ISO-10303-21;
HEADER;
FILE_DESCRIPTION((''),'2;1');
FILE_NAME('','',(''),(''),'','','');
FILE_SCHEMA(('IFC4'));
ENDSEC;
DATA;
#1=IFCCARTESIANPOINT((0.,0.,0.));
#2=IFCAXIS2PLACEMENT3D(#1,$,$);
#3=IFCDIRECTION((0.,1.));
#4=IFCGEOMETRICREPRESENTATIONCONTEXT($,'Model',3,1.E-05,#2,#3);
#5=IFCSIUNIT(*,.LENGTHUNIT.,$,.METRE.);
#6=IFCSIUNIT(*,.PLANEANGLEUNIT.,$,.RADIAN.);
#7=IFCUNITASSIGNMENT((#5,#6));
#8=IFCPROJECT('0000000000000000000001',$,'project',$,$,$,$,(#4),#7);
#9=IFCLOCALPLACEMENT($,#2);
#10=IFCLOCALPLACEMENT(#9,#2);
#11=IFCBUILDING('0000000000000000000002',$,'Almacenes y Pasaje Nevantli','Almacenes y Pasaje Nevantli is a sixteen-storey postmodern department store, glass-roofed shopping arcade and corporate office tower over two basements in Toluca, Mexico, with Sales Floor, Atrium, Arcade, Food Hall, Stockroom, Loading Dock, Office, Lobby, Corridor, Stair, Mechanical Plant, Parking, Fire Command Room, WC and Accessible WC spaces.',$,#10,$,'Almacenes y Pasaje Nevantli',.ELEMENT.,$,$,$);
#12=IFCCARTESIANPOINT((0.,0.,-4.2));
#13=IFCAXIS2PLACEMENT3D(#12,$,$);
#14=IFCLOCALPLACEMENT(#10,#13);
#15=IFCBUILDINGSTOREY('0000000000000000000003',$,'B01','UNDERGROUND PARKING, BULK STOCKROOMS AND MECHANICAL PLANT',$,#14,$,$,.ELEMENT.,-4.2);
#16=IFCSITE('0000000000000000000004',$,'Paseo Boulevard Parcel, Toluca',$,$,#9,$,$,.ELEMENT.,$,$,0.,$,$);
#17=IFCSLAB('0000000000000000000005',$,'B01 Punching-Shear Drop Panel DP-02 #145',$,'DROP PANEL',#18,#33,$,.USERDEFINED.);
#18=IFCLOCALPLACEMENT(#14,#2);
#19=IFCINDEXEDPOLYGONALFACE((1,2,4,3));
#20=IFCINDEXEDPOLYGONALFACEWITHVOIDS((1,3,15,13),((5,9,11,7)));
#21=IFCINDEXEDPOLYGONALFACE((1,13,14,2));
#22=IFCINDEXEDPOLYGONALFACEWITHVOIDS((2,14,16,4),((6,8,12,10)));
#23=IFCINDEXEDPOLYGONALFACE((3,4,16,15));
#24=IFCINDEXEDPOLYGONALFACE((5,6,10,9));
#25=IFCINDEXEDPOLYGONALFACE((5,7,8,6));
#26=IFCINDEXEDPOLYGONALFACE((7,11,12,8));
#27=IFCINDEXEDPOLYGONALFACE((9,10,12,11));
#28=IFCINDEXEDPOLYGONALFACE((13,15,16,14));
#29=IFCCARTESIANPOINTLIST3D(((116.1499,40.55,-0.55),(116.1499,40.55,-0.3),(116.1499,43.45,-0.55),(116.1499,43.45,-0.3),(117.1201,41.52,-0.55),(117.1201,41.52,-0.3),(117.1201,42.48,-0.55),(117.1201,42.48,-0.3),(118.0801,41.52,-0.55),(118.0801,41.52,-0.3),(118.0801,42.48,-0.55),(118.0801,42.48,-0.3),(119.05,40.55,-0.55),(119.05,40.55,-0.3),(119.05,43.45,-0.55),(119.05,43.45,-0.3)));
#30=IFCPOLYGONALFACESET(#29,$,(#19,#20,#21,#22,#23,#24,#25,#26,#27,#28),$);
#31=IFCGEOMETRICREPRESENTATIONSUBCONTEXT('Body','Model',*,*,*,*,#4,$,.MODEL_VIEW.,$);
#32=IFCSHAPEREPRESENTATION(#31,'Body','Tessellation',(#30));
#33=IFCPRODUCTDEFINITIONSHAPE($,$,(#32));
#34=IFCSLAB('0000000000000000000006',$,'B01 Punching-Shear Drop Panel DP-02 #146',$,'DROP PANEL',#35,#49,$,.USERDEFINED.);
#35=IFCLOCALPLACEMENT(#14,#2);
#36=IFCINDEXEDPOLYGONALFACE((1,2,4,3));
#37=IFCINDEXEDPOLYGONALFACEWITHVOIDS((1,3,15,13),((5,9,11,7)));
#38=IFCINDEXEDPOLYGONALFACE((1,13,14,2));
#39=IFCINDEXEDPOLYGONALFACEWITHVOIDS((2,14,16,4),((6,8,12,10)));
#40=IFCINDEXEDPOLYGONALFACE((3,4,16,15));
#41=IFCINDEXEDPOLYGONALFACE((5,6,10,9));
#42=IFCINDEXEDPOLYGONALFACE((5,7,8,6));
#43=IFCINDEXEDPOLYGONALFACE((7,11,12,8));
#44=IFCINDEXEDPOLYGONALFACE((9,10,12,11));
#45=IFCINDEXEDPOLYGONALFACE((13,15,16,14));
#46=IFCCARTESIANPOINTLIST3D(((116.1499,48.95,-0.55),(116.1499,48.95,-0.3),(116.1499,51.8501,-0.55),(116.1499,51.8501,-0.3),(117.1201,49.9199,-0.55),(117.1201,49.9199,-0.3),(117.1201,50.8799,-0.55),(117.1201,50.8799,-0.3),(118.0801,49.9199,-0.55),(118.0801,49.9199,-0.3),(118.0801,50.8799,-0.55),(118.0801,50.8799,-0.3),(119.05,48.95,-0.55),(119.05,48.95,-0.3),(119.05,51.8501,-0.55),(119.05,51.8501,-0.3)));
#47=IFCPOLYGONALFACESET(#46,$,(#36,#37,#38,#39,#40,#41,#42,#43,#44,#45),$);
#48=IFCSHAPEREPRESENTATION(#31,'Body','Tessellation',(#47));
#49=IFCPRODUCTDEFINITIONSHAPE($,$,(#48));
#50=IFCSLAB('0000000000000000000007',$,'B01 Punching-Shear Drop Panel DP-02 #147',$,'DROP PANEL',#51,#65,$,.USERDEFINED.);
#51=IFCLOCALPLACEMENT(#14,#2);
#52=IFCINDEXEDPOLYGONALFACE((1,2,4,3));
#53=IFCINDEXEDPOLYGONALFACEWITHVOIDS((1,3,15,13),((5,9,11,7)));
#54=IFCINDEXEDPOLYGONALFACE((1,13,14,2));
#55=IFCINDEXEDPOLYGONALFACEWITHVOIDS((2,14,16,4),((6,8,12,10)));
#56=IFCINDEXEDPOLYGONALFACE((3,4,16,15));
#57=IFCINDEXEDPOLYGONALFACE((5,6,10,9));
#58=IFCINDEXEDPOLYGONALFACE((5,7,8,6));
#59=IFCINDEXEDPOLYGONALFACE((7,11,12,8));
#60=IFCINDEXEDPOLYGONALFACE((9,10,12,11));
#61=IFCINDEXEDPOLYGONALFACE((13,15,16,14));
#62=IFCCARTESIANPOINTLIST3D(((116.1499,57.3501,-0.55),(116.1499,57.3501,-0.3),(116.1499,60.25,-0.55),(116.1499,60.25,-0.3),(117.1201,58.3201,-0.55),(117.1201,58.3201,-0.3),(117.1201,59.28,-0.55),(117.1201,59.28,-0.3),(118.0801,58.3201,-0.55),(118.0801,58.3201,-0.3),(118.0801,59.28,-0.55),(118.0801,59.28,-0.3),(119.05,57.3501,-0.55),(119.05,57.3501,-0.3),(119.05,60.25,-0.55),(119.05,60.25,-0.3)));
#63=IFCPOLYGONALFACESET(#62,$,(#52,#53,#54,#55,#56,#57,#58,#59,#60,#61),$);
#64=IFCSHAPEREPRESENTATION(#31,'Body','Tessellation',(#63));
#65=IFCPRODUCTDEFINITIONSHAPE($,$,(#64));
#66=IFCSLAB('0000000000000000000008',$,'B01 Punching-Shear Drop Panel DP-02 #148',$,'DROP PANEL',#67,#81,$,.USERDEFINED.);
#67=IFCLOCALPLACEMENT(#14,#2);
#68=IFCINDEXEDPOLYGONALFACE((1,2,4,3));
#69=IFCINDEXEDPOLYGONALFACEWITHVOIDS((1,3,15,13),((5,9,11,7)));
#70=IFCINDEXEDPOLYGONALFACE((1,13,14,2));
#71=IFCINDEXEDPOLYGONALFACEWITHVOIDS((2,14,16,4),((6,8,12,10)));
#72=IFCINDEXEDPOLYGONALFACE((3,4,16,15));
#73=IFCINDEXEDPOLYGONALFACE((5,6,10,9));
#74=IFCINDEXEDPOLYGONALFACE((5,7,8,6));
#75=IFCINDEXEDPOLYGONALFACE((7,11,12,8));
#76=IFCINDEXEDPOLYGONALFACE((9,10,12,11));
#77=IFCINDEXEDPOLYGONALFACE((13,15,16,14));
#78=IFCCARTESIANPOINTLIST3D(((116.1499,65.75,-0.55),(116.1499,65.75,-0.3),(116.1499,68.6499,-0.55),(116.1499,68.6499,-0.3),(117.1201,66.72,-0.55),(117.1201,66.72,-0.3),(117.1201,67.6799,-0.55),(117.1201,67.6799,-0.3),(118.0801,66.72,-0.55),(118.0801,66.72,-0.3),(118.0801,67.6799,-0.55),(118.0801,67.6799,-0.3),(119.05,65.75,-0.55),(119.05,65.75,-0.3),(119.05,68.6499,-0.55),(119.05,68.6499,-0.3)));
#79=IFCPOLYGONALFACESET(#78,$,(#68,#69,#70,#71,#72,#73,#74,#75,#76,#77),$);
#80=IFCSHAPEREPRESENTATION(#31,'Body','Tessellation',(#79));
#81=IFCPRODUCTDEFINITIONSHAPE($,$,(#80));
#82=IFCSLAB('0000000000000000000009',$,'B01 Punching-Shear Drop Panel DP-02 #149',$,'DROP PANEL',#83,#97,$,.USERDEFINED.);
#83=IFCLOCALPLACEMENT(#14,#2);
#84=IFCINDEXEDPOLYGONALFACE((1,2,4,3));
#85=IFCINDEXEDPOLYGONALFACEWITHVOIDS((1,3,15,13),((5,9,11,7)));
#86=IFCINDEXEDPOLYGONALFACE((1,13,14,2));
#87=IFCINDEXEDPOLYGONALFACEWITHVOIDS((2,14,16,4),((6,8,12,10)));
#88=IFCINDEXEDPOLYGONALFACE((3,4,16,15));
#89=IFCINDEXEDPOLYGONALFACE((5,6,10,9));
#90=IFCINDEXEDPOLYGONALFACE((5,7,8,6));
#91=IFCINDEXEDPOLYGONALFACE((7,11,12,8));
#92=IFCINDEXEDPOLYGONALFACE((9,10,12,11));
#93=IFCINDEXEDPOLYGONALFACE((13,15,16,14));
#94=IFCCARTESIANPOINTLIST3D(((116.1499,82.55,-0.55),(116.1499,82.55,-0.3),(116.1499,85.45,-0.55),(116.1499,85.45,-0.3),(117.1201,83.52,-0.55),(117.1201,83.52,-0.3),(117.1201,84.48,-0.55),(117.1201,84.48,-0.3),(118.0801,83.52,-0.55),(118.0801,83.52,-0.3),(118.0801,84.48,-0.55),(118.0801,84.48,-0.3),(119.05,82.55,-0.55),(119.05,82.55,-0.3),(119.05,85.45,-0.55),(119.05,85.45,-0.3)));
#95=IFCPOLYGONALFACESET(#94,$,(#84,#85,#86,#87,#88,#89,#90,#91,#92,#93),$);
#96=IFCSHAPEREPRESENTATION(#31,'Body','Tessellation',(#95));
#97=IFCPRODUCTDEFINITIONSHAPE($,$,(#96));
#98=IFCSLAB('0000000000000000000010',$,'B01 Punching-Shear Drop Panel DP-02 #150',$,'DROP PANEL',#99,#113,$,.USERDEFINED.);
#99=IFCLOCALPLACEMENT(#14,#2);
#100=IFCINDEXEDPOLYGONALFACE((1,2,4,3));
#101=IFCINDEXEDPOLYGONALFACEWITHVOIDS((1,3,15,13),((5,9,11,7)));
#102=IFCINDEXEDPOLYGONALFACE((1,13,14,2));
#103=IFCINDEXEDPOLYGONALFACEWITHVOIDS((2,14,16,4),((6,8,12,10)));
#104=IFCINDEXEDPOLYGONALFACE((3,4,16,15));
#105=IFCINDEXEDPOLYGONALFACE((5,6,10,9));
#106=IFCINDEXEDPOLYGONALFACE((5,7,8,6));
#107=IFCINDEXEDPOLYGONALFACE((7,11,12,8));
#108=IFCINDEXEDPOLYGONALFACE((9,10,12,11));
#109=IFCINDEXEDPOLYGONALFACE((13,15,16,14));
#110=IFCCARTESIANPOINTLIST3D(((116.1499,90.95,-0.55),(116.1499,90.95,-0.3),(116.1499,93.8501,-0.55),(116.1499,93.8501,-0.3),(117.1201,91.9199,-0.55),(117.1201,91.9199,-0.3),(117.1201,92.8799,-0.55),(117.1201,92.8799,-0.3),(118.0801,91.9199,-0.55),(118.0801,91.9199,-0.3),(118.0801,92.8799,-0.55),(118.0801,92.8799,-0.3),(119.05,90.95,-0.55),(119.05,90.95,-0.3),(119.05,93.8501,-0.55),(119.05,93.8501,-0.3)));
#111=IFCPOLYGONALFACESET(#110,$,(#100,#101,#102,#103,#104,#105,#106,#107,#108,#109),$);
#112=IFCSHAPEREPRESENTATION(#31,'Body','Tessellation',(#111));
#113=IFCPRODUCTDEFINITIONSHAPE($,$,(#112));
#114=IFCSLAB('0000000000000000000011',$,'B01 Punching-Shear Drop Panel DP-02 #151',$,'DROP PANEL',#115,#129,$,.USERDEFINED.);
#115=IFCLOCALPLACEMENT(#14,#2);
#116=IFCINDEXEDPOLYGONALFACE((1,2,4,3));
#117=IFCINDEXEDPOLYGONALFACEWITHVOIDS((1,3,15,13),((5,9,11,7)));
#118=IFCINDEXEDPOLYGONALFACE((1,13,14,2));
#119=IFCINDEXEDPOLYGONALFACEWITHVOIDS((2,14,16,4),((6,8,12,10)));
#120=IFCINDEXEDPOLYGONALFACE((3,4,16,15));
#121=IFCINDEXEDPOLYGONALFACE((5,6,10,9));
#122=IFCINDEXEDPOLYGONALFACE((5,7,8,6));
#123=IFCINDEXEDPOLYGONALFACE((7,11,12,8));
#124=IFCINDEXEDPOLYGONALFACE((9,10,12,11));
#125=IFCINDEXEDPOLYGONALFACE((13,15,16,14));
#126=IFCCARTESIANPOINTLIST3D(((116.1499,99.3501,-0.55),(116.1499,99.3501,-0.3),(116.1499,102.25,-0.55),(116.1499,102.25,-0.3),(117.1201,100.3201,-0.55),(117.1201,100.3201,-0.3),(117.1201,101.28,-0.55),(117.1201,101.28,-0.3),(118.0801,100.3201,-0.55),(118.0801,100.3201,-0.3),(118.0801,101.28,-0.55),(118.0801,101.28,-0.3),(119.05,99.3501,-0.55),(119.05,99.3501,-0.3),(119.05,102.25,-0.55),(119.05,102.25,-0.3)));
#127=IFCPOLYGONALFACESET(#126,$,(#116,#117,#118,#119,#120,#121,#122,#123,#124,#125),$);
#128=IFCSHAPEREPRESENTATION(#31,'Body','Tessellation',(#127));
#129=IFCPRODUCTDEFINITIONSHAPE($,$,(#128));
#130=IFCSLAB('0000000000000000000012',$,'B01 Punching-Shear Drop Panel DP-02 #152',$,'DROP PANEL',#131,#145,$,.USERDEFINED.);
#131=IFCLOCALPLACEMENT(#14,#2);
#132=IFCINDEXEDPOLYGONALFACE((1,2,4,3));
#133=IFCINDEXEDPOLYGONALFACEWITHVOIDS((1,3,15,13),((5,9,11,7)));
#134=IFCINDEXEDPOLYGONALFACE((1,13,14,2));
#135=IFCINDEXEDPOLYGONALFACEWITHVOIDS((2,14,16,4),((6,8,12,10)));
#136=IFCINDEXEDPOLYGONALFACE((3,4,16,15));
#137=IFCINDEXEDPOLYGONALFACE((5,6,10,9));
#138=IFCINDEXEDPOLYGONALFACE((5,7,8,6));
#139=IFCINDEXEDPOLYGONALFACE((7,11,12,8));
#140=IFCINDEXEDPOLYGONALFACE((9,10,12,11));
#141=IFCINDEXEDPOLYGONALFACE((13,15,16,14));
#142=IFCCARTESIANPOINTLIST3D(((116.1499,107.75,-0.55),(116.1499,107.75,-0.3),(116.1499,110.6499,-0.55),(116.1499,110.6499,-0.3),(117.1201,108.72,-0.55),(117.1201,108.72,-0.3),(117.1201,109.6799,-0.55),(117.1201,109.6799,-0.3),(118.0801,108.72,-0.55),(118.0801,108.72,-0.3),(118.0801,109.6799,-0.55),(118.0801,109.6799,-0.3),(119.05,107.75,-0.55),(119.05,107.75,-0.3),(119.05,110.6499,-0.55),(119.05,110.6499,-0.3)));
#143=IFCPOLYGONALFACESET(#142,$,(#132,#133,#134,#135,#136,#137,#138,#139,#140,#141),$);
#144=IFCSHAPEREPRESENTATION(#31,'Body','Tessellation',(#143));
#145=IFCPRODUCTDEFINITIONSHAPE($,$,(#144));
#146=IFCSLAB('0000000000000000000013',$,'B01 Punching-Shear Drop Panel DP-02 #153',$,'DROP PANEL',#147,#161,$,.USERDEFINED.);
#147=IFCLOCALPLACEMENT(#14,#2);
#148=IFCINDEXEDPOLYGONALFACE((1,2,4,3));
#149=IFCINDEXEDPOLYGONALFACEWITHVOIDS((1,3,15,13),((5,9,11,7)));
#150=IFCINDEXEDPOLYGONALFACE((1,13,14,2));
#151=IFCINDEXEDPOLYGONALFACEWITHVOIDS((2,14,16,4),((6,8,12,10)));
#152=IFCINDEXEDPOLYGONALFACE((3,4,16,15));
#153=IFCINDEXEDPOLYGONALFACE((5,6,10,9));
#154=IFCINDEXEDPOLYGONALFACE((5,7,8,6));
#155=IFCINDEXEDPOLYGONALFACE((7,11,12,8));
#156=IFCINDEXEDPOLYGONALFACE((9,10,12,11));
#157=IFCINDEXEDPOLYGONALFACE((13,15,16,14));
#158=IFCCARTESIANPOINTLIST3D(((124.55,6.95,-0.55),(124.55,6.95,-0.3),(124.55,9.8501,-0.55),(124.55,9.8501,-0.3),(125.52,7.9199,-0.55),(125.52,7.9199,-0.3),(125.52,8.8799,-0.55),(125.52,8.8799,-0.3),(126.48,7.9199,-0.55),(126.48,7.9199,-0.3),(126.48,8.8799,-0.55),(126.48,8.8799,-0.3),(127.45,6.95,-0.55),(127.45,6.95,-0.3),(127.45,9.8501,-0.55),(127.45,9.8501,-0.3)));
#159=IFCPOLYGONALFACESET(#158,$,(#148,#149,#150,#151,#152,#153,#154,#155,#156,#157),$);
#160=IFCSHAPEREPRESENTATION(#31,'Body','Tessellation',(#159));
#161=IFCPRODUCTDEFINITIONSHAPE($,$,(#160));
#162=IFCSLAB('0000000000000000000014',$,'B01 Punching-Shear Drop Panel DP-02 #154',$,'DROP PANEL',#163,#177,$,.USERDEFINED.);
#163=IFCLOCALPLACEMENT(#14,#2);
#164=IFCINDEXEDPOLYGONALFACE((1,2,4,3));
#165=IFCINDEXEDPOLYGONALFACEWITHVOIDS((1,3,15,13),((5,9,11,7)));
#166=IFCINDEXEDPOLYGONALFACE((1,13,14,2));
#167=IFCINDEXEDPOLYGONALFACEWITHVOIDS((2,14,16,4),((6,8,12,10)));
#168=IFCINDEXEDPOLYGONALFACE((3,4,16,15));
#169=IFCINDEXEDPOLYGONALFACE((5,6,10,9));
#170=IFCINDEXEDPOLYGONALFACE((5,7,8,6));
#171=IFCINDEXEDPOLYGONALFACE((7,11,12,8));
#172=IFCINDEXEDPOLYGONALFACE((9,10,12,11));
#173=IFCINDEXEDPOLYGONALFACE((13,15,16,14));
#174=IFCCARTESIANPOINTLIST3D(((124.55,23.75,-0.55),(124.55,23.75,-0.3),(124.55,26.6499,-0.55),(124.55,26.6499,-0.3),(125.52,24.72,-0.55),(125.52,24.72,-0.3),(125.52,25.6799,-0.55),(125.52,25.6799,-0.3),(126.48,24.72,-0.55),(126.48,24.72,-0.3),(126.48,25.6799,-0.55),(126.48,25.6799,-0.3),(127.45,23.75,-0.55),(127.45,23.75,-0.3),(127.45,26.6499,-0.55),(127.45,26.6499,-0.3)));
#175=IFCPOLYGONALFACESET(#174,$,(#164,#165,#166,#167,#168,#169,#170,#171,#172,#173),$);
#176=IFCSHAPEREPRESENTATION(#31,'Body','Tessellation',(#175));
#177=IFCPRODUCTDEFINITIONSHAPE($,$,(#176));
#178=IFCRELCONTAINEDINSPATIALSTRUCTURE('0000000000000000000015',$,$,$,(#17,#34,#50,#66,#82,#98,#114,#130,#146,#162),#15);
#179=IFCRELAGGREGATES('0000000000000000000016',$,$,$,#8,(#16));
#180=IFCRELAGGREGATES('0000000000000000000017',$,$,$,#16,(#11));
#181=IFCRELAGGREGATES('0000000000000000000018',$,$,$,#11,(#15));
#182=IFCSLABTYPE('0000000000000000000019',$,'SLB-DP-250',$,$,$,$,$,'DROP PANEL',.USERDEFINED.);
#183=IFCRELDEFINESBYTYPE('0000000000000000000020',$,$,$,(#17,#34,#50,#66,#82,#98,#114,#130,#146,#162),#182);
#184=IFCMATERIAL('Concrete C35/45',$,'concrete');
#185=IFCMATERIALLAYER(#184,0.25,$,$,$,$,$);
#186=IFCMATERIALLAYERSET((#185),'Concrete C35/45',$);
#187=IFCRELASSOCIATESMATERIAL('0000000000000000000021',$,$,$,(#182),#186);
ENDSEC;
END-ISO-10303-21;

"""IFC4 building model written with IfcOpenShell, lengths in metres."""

from ifc_helpers import new_model, si_unit, direction, frame, origin, place, context, subcontext, project, spatial, polyline, outline, extrude, material, layer, layer_set, type_object, element, save


model = new_model("IFC4")

# Units and contexts
model_context = context("Model", 3, precision=1e-05, world=origin(), true_north=direction((0.0, 1.0)))
body_context = subcontext(model_context, "Body", "Model", "MODEL_VIEW")
ifc_project = project(units=[si_unit("LENGTHUNIT", "METRE"), si_unit("PLANEANGLEUNIT", "RADIAN")], contexts=[model_context])

# Site, building, storey
site_placement = place(None, origin())
site = spatial("IfcSite", under=ifc_project, at=site_placement, Name="Paseo Boulevard Parcel, Toluca", CompositionType="ELEMENT", RefElevation=0.0)
building_placement = place(site_placement, origin())
building = spatial("IfcBuilding", under=site, at=building_placement, Name="Almacenes y Pasaje Nevantli", Description="Almacenes y Pasaje Nevantli is a sixteen-storey postmodern department store, glass-roofed shopping arcade and corporate office tower over two basements in Toluca, Mexico, with Sales Floor, Atrium, Arcade, Food Hall, Stockroom, Loading Dock, Office, Lobby, Corridor, Stair, Mechanical Plant, Parking, Fire Command Room, WC and Accessible WC spaces.", LongName="Almacenes y Pasaje Nevantli", CompositionType="ELEMENT")
storey_placement = place(building_placement, frame((0.0, 0.0, -4.2)))
storey = spatial("IfcBuildingStorey", under=building, at=storey_placement, Name="B01", Description="UNDERGROUND PARKING, BULK STOCKROOMS AND MECHANICAL PLANT", CompositionType="ELEMENT", Elevation=-4.2)

# Slabs
ifc_material = material(Name="Concrete C35/45", Category="concrete")
ifc_layer = layer(ifc_material, 0.25)
ifc_layer_set = layer_set([ifc_layer], Name="Concrete C35/45")
slab_type = type_object("IfcSlabType", Name="SLB-DP-250", ElementType="DROP PANEL", PredefinedType="USERDEFINED", material=ifc_layer_set)
slab_1_placement = place(storey_placement, frame((0.0, 0.0, -0.55)))
element("IfcSlab", 1, at=slab_1_placement, inside=storey, type_object=slab_type, Name="B01 Punching-Shear Drop Panel DP-02 #145", ObjectType="DROP PANEL", PredefinedType="USERDEFINED", context=body_context, shape_type="SweptSolid", body=[
    extrude(outline(polyline([(116.1499, 40.55), (119.05, 40.55), (119.05, 43.45), (116.1499, 43.45), (116.1499, 40.55)]), holes=[polyline([(117.1201, 41.52), (118.0801, 41.52), (118.0801, 42.48), (117.1201, 42.48), (117.1201, 41.52)])]), origin(), (0.0, 0.0, 1.0), 0.25),
])
slab_2_placement = place(storey_placement, frame((0.0, 0.0, -0.55)))
element("IfcSlab", 2, at=slab_2_placement, inside=storey, type_object=slab_type, Name="B01 Punching-Shear Drop Panel DP-02 #146", ObjectType="DROP PANEL", PredefinedType="USERDEFINED", context=body_context, shape_type="SweptSolid", body=[
    extrude(outline(polyline([(116.1499, 48.95), (119.05, 48.95), (119.05, 51.8501), (116.1499, 51.8501), (116.1499, 48.95)]), holes=[polyline([(117.1201, 49.9199), (118.0801, 49.9199), (118.0801, 50.8799), (117.1201, 50.8799), (117.1201, 49.9199)])]), origin(), (0.0, 0.0, 1.0), 0.25),
])
slab_3_placement = place(storey_placement, frame((0.0, 0.0, -0.55)))
element("IfcSlab", 3, at=slab_3_placement, inside=storey, type_object=slab_type, Name="B01 Punching-Shear Drop Panel DP-02 #147", ObjectType="DROP PANEL", PredefinedType="USERDEFINED", context=body_context, shape_type="SweptSolid", body=[
    extrude(outline(polyline([(116.1499, 57.3501), (119.05, 57.3501), (119.05, 60.25), (116.1499, 60.25), (116.1499, 57.3501)]), holes=[polyline([(117.1201, 58.3201), (118.0801, 58.3201), (118.0801, 59.28), (117.1201, 59.28), (117.1201, 58.3201)])]), origin(), (0.0, 0.0, 1.0), 0.25),
])
slab_4_placement = place(storey_placement, frame((0.0, 0.0, -0.55)))
element("IfcSlab", 4, at=slab_4_placement, inside=storey, type_object=slab_type, Name="B01 Punching-Shear Drop Panel DP-02 #148", ObjectType="DROP PANEL", PredefinedType="USERDEFINED", context=body_context, shape_type="SweptSolid", body=[
    extrude(outline(polyline([(116.1499, 65.75), (119.05, 65.75), (119.05, 68.6499), (116.1499, 68.6499), (116.1499, 65.75)]), holes=[polyline([(117.1201, 66.72), (118.0801, 66.72), (118.0801, 67.6799), (117.1201, 67.6799), (117.1201, 66.72)])]), origin(), (0.0, 0.0, 1.0), 0.25),
])
slab_5_placement = place(storey_placement, frame((0.0, 0.0, -0.55)))
element("IfcSlab", 5, at=slab_5_placement, inside=storey, type_object=slab_type, Name="B01 Punching-Shear Drop Panel DP-02 #149", ObjectType="DROP PANEL", PredefinedType="USERDEFINED", context=body_context, shape_type="SweptSolid", body=[
    extrude(outline(polyline([(116.1499, 82.55), (119.05, 82.55), (119.05, 85.45), (116.1499, 85.45), (116.1499, 82.55)]), holes=[polyline([(117.1201, 83.52), (118.0801, 83.52), (118.0801, 84.48), (117.1201, 84.48), (117.1201, 83.52)])]), origin(), (0.0, 0.0, 1.0), 0.25),
])
slab_6_placement = place(storey_placement, frame((0.0, 0.0, -0.55)))
element("IfcSlab", 6, at=slab_6_placement, inside=storey, type_object=slab_type, Name="B01 Punching-Shear Drop Panel DP-02 #150", ObjectType="DROP PANEL", PredefinedType="USERDEFINED", context=body_context, shape_type="SweptSolid", body=[
    extrude(outline(polyline([(116.1499, 90.95), (119.05, 90.95), (119.05, 93.8501), (116.1499, 93.8501), (116.1499, 90.95)]), holes=[polyline([(117.1201, 91.9199), (118.0801, 91.9199), (118.0801, 92.8799), (117.1201, 92.8799), (117.1201, 91.9199)])]), origin(), (0.0, 0.0, 1.0), 0.25),
])
slab_7_placement = place(storey_placement, frame((0.0, 0.0, -0.55)))
element("IfcSlab", 7, at=slab_7_placement, inside=storey, type_object=slab_type, Name="B01 Punching-Shear Drop Panel DP-02 #151", ObjectType="DROP PANEL", PredefinedType="USERDEFINED", context=body_context, shape_type="SweptSolid", body=[
    extrude(outline(polyline([(116.1499, 99.3501), (119.05, 99.3501), (119.05, 102.25), (116.1499, 102.25), (116.1499, 99.3501)]), holes=[polyline([(117.1201, 100.3201), (118.0801, 100.3201), (118.0801, 101.28), (117.1201, 101.28), (117.1201, 100.3201)])]), origin(), (0.0, 0.0, 1.0), 0.25),
])
slab_8_placement = place(storey_placement, frame((0.0, 0.0, -0.55)))
element("IfcSlab", 8, at=slab_8_placement, inside=storey, type_object=slab_type, Name="B01 Punching-Shear Drop Panel DP-02 #152", ObjectType="DROP PANEL", PredefinedType="USERDEFINED", context=body_context, shape_type="SweptSolid", body=[
    extrude(outline(polyline([(116.1499, 107.75), (119.05, 107.75), (119.05, 110.6499), (116.1499, 110.6499), (116.1499, 107.75)]), holes=[polyline([(117.1201, 108.72), (118.0801, 108.72), (118.0801, 109.6799), (117.1201, 109.6799), (117.1201, 108.72)])]), origin(), (0.0, 0.0, 1.0), 0.25),
])
slab_9_placement = place(storey_placement, frame((0.0, 0.0, -0.55)))
element("IfcSlab", 9, at=slab_9_placement, inside=storey, type_object=slab_type, Name="B01 Punching-Shear Drop Panel DP-02 #153", ObjectType="DROP PANEL", PredefinedType="USERDEFINED", context=body_context, shape_type="SweptSolid", body=[
    extrude(outline(polyline([(124.55, 6.95), (127.45, 6.95), (127.45, 9.8501), (124.55, 9.8501), (124.55, 6.95)]), holes=[polyline([(125.52, 7.9199), (126.48, 7.9199), (126.48, 8.8799), (125.52, 8.8799), (125.52, 7.9199)])]), origin(), (0.0, 0.0, 1.0), 0.25),
])
slab_10_placement = place(storey_placement, frame((0.0, 0.0, -0.55)))
element("IfcSlab", 10, at=slab_10_placement, inside=storey, type_object=slab_type, Name="B01 Punching-Shear Drop Panel DP-02 #154", ObjectType="DROP PANEL", PredefinedType="USERDEFINED", context=body_context, shape_type="SweptSolid", body=[
    extrude(outline(polyline([(124.55, 23.75), (127.45, 23.75), (127.45, 26.6499), (124.55, 26.6499), (124.55, 23.75)]), holes=[polyline([(125.52, 24.72), (126.48, 24.72), (126.48, 25.6799), (125.52, 25.6799), (125.52, 24.72)])]), origin(), (0.0, 0.0, 1.0), 0.25),
])

save(model, "model.ifc")
